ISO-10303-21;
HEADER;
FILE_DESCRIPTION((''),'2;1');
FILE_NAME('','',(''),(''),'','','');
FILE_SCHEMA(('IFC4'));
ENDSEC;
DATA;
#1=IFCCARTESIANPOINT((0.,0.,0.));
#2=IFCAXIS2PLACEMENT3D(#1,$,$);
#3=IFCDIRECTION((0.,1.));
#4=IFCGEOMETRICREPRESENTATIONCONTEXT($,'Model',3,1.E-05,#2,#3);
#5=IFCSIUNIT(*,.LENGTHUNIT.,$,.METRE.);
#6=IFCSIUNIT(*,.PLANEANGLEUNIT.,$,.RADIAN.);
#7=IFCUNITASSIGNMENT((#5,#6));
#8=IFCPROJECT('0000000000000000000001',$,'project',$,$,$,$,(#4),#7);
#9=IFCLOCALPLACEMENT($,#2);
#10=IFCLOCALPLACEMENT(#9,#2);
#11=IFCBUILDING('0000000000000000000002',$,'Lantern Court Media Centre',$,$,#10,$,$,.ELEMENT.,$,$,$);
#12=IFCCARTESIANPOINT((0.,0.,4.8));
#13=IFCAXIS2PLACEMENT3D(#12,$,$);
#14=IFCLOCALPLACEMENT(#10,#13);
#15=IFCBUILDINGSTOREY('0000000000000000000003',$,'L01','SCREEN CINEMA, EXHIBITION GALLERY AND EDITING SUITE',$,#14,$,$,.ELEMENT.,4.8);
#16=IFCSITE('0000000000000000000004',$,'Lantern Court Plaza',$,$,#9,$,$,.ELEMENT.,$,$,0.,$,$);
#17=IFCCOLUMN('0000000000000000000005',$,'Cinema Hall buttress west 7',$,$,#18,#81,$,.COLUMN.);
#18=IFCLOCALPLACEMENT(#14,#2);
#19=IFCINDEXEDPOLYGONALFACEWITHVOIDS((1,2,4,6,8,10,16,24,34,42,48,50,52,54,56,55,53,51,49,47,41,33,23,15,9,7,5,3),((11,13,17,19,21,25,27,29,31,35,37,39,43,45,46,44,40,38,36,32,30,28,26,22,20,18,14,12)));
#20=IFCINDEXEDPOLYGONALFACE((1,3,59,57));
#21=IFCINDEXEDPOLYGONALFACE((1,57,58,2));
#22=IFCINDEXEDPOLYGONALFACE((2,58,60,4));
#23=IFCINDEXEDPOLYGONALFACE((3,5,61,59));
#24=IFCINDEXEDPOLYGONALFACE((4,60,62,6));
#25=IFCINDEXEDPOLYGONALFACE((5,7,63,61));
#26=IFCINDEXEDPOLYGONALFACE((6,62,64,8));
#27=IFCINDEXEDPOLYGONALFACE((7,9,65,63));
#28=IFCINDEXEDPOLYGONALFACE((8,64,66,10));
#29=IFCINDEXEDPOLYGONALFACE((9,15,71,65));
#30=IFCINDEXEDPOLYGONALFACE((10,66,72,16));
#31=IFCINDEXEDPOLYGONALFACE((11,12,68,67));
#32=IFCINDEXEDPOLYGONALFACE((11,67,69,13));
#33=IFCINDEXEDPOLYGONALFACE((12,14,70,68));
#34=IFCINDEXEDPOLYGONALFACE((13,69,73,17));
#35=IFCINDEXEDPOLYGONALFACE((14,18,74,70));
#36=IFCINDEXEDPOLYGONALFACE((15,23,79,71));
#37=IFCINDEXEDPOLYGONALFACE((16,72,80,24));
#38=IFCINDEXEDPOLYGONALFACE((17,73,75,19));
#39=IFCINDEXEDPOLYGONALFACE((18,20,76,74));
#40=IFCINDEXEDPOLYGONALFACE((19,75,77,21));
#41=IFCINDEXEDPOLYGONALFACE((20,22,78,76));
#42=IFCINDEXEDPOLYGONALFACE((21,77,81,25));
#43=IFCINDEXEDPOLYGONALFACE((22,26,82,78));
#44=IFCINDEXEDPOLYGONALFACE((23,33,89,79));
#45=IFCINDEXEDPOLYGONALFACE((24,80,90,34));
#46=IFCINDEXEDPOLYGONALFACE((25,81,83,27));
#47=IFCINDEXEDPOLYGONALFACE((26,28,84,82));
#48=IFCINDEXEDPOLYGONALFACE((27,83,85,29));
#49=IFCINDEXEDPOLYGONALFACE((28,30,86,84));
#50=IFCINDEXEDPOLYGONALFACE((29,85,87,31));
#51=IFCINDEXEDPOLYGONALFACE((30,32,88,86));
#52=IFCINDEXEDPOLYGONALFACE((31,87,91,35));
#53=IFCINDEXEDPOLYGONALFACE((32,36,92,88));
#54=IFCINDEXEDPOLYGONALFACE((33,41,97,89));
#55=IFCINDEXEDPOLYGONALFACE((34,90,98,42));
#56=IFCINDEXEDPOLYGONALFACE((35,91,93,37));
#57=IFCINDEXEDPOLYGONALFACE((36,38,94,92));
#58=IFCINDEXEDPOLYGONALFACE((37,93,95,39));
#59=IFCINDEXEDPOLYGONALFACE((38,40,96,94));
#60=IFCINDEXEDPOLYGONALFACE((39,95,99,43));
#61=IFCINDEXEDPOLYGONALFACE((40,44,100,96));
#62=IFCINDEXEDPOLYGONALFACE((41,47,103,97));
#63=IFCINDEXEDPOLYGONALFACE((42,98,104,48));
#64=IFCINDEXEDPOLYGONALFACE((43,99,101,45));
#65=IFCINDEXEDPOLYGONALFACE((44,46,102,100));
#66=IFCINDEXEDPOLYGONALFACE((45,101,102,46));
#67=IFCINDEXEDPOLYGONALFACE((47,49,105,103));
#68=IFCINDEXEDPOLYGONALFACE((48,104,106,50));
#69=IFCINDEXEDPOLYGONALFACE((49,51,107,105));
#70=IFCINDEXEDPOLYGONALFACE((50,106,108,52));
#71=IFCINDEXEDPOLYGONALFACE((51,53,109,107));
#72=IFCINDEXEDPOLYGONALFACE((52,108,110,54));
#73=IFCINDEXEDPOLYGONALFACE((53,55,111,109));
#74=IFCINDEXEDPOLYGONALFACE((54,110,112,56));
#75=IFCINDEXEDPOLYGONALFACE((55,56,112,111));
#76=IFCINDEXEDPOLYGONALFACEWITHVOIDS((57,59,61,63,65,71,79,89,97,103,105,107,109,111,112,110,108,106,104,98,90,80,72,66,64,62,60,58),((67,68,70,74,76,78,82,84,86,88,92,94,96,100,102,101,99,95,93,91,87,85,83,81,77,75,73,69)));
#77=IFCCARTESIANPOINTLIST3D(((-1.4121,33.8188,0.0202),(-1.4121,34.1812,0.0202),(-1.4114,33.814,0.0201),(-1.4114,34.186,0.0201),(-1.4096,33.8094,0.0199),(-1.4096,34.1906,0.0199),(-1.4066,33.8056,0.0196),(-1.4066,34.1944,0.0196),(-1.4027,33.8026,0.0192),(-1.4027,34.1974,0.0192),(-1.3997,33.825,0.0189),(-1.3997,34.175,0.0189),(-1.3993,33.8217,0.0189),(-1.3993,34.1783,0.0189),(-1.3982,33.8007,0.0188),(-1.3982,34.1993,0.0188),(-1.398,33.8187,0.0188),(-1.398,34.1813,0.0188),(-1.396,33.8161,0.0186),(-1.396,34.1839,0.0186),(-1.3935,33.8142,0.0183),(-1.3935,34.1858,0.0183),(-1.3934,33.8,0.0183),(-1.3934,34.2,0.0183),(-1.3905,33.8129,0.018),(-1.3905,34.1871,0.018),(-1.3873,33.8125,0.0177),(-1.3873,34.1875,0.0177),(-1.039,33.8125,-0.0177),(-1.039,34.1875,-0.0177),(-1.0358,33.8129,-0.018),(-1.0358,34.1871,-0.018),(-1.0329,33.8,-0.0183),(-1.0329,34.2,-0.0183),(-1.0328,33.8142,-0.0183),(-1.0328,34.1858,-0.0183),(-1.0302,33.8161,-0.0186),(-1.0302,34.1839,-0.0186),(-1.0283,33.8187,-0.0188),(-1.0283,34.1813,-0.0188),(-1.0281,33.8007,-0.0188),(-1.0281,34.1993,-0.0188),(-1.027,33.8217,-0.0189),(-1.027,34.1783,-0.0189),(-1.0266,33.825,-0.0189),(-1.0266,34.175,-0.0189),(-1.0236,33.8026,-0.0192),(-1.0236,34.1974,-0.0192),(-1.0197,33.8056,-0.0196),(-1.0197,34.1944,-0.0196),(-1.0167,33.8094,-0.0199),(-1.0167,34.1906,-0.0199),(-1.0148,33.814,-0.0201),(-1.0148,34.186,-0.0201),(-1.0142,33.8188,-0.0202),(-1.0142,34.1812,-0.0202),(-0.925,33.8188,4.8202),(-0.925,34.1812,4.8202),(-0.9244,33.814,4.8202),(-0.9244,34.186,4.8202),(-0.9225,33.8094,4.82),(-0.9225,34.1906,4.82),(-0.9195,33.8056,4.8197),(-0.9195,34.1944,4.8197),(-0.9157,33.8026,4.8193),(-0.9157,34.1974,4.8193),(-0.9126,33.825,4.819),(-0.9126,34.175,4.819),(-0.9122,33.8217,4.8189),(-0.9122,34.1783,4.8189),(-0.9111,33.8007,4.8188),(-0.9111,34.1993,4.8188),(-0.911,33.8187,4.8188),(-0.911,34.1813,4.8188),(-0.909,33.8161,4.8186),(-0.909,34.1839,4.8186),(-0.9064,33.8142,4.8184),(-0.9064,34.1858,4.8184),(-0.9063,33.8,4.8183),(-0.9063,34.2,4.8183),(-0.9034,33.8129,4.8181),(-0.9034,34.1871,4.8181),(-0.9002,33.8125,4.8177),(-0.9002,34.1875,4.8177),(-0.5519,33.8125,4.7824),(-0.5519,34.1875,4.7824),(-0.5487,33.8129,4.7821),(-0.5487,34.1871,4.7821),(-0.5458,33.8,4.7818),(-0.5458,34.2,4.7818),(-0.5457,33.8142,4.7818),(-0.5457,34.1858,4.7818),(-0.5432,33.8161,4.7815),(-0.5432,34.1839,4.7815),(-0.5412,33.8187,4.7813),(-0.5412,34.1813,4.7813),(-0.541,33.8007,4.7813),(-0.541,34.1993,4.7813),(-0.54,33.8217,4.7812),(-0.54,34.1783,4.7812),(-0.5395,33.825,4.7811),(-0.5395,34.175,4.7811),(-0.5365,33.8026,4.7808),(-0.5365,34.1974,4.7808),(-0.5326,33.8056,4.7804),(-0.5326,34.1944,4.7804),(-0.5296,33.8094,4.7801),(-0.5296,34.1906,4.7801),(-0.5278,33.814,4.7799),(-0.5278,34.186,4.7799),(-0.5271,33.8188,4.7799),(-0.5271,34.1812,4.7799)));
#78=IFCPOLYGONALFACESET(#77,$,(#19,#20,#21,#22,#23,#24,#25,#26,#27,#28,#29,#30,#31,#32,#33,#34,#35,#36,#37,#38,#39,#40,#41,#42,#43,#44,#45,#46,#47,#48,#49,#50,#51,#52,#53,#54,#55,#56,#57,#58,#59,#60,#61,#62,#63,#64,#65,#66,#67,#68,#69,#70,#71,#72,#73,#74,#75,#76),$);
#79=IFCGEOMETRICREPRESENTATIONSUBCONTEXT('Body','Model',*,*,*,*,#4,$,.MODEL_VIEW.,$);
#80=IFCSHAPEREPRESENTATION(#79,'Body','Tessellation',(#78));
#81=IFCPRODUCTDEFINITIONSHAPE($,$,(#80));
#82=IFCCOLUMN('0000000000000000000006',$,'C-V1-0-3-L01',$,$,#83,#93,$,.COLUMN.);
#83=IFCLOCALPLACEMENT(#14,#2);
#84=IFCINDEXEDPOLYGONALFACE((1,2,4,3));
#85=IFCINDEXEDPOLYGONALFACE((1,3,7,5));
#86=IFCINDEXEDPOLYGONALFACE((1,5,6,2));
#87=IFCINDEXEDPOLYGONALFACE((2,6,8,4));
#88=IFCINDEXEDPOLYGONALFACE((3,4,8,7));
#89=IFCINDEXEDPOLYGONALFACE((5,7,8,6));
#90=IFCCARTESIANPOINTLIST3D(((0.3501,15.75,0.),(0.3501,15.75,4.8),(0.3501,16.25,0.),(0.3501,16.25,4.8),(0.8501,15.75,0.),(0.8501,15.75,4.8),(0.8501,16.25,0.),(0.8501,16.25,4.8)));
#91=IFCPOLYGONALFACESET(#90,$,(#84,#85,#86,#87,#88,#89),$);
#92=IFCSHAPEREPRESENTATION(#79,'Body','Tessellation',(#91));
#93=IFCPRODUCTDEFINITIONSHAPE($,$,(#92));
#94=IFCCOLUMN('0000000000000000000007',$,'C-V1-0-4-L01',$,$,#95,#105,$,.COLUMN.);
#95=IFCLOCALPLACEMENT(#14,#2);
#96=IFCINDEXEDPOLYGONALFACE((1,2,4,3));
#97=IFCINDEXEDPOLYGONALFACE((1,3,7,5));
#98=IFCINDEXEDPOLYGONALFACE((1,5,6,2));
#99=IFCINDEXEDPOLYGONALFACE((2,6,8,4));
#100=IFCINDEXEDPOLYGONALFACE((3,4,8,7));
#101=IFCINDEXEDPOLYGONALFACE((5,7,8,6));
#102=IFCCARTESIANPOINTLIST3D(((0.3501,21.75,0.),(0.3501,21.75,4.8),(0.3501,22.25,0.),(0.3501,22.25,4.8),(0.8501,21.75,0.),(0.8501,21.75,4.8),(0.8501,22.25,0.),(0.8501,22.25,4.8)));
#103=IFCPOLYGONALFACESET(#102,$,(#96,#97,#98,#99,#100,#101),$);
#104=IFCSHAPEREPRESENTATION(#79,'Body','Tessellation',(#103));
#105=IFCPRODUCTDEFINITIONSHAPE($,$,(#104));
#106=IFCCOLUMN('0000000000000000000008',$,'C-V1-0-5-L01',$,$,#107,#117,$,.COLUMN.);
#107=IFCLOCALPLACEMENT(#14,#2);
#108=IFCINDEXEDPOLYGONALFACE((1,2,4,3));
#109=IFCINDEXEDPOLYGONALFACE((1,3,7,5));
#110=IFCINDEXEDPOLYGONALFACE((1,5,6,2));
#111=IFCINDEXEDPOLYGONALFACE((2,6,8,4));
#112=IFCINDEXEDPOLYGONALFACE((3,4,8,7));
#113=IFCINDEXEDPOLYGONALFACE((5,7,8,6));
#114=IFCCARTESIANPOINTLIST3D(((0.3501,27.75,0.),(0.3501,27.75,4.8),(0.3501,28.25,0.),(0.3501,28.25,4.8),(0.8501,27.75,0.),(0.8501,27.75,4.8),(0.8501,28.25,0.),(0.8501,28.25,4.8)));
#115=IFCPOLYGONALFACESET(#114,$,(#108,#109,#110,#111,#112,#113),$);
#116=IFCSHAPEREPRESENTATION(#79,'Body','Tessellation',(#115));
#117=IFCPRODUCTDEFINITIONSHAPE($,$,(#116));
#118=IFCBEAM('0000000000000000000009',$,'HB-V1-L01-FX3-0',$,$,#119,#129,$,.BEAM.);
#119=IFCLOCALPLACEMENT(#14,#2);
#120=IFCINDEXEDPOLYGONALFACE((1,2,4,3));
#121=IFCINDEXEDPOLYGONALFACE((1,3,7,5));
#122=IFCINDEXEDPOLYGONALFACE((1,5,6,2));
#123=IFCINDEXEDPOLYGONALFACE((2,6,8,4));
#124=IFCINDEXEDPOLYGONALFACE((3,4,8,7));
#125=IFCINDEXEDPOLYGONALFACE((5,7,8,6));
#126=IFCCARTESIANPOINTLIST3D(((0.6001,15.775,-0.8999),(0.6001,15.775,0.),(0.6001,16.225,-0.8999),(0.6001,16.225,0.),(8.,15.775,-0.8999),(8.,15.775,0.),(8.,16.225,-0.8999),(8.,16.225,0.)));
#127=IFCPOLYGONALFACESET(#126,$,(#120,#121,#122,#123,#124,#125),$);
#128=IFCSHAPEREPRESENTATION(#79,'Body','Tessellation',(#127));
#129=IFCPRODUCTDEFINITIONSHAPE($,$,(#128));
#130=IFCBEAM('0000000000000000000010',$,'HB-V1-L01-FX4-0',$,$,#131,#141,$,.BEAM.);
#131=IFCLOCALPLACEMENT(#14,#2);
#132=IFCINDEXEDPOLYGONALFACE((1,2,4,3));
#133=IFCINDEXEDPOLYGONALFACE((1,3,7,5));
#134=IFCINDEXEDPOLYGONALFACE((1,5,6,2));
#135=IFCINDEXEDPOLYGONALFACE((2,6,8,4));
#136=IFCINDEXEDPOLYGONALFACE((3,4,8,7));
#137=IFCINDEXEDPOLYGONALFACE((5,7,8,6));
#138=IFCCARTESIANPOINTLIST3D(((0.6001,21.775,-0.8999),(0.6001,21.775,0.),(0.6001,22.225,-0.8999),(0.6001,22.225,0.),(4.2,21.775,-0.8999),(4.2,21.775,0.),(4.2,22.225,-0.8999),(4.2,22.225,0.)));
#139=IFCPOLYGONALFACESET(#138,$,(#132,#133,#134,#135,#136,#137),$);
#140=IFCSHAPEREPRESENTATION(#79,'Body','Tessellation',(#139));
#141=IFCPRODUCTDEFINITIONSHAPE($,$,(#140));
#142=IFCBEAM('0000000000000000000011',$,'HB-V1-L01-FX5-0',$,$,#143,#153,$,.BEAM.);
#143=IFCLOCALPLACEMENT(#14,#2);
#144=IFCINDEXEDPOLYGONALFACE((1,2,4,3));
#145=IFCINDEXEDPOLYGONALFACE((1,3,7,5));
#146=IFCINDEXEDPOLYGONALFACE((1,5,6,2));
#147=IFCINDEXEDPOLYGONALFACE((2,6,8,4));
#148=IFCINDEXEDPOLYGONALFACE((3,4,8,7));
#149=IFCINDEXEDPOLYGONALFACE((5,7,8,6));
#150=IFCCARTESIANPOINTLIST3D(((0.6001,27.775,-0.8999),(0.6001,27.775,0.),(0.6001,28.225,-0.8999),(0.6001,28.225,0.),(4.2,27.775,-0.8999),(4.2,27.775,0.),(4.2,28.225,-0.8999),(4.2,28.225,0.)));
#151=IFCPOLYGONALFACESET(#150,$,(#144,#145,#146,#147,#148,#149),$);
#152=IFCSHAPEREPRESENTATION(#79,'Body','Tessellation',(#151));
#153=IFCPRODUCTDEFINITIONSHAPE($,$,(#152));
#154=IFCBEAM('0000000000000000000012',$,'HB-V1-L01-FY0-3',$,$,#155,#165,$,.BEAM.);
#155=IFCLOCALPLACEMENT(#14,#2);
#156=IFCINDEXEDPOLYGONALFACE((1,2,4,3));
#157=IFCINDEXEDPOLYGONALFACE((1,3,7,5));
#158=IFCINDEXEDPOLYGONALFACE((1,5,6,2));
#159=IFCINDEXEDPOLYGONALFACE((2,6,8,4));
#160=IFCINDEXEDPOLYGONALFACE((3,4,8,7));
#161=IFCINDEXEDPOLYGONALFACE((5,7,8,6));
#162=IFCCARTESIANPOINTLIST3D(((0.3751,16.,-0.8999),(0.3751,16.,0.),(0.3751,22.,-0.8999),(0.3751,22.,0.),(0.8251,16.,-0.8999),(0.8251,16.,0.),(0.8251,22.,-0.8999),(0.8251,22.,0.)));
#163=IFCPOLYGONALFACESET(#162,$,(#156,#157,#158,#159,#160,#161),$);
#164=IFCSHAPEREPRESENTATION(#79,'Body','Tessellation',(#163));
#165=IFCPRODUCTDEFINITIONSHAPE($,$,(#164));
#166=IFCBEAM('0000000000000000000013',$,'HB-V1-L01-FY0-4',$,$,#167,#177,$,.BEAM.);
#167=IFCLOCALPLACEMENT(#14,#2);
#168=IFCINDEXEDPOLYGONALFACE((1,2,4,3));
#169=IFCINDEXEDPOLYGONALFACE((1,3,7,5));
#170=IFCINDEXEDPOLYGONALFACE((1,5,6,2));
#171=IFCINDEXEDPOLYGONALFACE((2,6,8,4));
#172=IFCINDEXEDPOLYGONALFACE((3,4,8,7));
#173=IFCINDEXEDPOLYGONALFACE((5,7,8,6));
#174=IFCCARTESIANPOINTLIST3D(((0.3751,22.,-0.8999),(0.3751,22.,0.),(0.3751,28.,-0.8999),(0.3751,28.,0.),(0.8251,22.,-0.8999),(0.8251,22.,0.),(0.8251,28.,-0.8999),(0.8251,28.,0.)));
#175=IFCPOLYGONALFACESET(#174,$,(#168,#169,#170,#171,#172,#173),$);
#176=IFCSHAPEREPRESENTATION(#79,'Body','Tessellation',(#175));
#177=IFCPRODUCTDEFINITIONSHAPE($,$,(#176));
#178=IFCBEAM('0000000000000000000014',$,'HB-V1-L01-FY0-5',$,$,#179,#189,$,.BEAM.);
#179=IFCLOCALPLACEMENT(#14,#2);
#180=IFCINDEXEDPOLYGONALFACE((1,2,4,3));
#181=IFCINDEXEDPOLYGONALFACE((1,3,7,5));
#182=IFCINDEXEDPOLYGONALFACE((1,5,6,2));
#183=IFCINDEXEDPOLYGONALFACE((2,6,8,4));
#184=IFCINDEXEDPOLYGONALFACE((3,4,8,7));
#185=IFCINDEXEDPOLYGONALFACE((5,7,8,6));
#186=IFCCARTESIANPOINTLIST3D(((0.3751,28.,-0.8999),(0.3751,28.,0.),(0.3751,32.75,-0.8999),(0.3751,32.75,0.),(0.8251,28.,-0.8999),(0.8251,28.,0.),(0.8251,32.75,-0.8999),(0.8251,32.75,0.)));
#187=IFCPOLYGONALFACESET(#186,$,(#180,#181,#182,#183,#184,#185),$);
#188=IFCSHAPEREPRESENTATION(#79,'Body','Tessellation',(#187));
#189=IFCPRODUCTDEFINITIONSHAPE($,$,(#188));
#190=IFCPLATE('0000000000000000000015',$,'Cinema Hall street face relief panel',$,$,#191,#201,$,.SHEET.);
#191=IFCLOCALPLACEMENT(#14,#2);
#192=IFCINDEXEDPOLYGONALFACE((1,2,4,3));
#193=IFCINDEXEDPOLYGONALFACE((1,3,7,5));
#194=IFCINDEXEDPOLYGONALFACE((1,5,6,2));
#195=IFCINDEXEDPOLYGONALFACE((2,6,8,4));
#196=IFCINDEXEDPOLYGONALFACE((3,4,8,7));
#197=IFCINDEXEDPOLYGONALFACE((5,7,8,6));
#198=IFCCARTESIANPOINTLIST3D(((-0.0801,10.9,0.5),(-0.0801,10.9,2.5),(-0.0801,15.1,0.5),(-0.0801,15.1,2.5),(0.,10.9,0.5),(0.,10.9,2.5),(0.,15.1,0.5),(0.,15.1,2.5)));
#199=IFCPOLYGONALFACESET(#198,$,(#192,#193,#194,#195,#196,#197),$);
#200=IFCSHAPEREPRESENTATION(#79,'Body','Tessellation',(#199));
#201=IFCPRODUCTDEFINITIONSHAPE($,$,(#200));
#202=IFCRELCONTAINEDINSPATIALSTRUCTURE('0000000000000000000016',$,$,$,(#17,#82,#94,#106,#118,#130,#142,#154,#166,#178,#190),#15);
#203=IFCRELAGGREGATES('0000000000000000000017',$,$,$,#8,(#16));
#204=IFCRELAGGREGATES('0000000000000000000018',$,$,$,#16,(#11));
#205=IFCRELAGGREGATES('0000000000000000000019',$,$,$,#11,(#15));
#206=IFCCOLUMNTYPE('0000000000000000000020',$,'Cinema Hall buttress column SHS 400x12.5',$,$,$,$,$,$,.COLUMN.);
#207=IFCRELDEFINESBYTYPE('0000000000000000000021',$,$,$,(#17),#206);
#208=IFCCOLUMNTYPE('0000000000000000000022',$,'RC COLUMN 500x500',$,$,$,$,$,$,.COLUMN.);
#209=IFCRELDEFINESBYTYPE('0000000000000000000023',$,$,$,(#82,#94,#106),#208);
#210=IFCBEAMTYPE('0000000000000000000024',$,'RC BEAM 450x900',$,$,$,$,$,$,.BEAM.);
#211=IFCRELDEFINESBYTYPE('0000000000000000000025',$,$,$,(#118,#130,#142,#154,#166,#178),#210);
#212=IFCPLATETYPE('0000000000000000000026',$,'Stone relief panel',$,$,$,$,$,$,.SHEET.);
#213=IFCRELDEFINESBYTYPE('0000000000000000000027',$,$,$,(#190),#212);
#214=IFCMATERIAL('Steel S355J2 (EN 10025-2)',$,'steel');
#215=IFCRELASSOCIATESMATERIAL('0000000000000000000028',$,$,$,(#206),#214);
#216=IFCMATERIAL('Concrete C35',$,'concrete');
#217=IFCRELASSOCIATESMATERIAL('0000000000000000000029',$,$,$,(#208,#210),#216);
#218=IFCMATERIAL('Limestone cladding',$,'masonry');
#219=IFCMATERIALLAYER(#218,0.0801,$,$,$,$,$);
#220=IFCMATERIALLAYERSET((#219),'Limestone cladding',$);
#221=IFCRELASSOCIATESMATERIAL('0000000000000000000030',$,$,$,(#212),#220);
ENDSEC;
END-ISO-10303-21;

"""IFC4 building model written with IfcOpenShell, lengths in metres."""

from ifc_helpers import new_model, si_unit, direction, frame, origin, origin_2d, place, context, subcontext, project, spatial, rectangle, hollow_rectangle, extrude, material, layer, layer_set, material_profile, profile_set, type_object, element, save


model = new_model("IFC4")

# Units and contexts
model_context = context("Model", 3, precision=1e-05, world=origin(), true_north=direction((0.0, 1.0)))
body_context = subcontext(model_context, "Body", "Model", "MODEL_VIEW")
ifc_project = project(units=[si_unit("LENGTHUNIT", "METRE"), si_unit("PLANEANGLEUNIT", "RADIAN")], contexts=[model_context])

# Site, building, storey
site_placement = place(None, origin())
site = spatial("IfcSite", under=ifc_project, at=site_placement, Name="Lantern Court Plaza", CompositionType="ELEMENT", RefElevation=0.0)
building_placement = place(site_placement, origin())
building = spatial("IfcBuilding", under=site, at=building_placement, Name="Lantern Court Media Centre", CompositionType="ELEMENT")
storey_placement = place(building_placement, frame((0.0, 0.0, 4.8)))
storey = spatial("IfcBuildingStorey", under=building, at=storey_placement, Name="L01", Description="SCREEN CINEMA, EXHIBITION GALLERY AND EDITING SUITE", CompositionType="ELEMENT", Elevation=4.8)

# Columns
ifc_material_1 = material(Name="Steel S355J2 (EN 10025-2)", Category="steel")
ifc_material_profile_1 = material_profile(ifc_material_1, hollow_rectangle(XDim=0.3999, YDim=0.3999, WallThickness=0.0125, InnerFilletRadius=0.0125, OuterFilletRadius=0.0188, at=origin_2d()), Name="Cinema Hall buttress column SHS 400x12.5")
ifc_profile_set_1 = profile_set([ifc_material_profile_1], Name="Steel S355J2 (EN 10025-2)")
column_type_1 = type_object("IfcColumnType", Name="Cinema Hall buttress column SHS 400x12.5", PredefinedType="COLUMN", material=ifc_profile_set_1)
for number, where, z_axis, x_axis, name in (
    (1, (-1.2131, 34.0, 0.0), (0.100952, 0.0, 0.994891), (0.0, 1.0, 0.0), "Cinema Hall buttress west 7"),
):
    element("IfcColumn", number, at=place(storey_placement, frame(where, z_axis=z_axis, x_axis=x_axis)), inside=storey, type_object=column_type_1, Name=name, PredefinedType="COLUMN", context=body_context, shape_type="SweptSolid", body=[
        extrude(hollow_rectangle(XDim=0.3999, YDim=0.3999, WallThickness=0.0125, InnerFilletRadius=0.0125, OuterFilletRadius=0.0188, at=origin_2d()), origin(), (0.0, 0.0, 1.0), 4.8247),
    ])
ifc_material_2 = material(Name="Concrete C35", Category="concrete")
ifc_material_profile_2 = material_profile(ifc_material_2, rectangle(XDim=0.5, YDim=0.5, at=origin_2d()), Name="RC 500x500")
ifc_profile_set_2 = profile_set([ifc_material_profile_2], Name="Concrete C35")
column_type_2 = type_object("IfcColumnType", Name="RC COLUMN 500x500", PredefinedType="COLUMN", material=ifc_profile_set_2)
for number, where, z_axis, x_axis, name in (
    (2, (0.6001, 16.0, 0.0), (0.0, 0.0, 1.0), (1.0, 0.0, 0.0), "C-V1-0-3-L01"),
    (3, (0.6001, 22.0, 0.0), (0.0, 0.0, 1.0), (1.0, 0.0, 0.0), "C-V1-0-4-L01"),
    (4, (0.6001, 28.0, 0.0), (0.0, 0.0, 1.0), (1.0, 0.0, 0.0), "C-V1-0-5-L01"),
):
    element("IfcColumn", number, at=place(storey_placement, frame(where, z_axis=z_axis, x_axis=x_axis)), inside=storey, type_object=column_type_2, Name=name, PredefinedType="COLUMN", context=body_context, shape_type="SweptSolid", body=[
        extrude(rectangle(XDim=0.5, YDim=0.5, at=origin_2d()), origin(), (0.0, 0.0, 1.0), 4.8),
    ])

# Beams
ifc_material_profile_3 = material_profile(ifc_material_2, rectangle(XDim=0.45, YDim=0.8999, at=origin_2d()), Name="RC 450x900")
ifc_profile_set_3 = profile_set([ifc_material_profile_3], Name="Concrete C35")
beam_type = type_object("IfcBeamType", Name="RC BEAM 450x900", PredefinedType="BEAM", material=ifc_profile_set_3)
beam_1_placement = place(storey_placement, frame((0.6001, 16.0, -0.45), z_axis=(1.0, 0.0, 0.0), x_axis=(0.0, 1.0, 0.0)))
element("IfcBeam", 5, at=beam_1_placement, inside=storey, type_object=beam_type, Name="HB-V1-L01-FX3-0", PredefinedType="BEAM", context=body_context, shape_type="SweptSolid", body=[
    extrude(rectangle(XDim=0.45, YDim=0.8999, at=origin_2d()), origin(), (0.0, 0.0, 1.0), 7.3999),
])
for number, where, z_axis, x_axis, name in (
    (6, (0.6001, 22.0, -0.45), (1.0, 0.0, 0.0), (0.0, 1.0, 0.0), "HB-V1-L01-FX4-0"),
    (7, (0.6001, 28.0, -0.45), (1.0, 0.0, 0.0), (0.0, 1.0, 0.0), "HB-V1-L01-FX5-0"),
):
    element("IfcBeam", number, at=place(storey_placement, frame(where, z_axis=z_axis, x_axis=x_axis)), inside=storey, type_object=beam_type, Name=name, PredefinedType="BEAM", context=body_context, shape_type="SweptSolid", body=[
        extrude(rectangle(XDim=0.45, YDim=0.8999, at=origin_2d()), origin(), (0.0, 0.0, 1.0), 3.5999),
    ])
for number, where, z_axis, x_axis, name in (
    (8, (0.6001, 16.0, -0.45), (0.0, 1.0, 0.0), (-1.0, 0.0, 0.0), "HB-V1-L01-FY0-3"),
    (9, (0.6001, 22.0, -0.45), (0.0, 1.0, 0.0), (-1.0, 0.0, 0.0), "HB-V1-L01-FY0-4"),
):
    element("IfcBeam", number, at=place(storey_placement, frame(where, z_axis=z_axis, x_axis=x_axis)), inside=storey, type_object=beam_type, Name=name, PredefinedType="BEAM", context=body_context, shape_type="SweptSolid", body=[
        extrude(rectangle(XDim=0.45, YDim=0.8999, at=origin_2d()), origin(), (0.0, 0.0, 1.0), 6.0),
    ])
beam_2_placement = place(storey_placement, frame((0.6001, 28.0, -0.45), z_axis=(0.0, 1.0, 0.0), x_axis=(-1.0, 0.0, 0.0)))
element("IfcBeam", 10, at=beam_2_placement, inside=storey, type_object=beam_type, Name="HB-V1-L01-FY0-5", PredefinedType="BEAM", context=body_context, shape_type="SweptSolid", body=[
    extrude(rectangle(XDim=0.45, YDim=0.8999, at=origin_2d()), origin(), (0.0, 0.0, 1.0), 4.75),
])

# Plate
ifc_material_3 = material(Name="Limestone cladding", Category="masonry")
ifc_layer_1 = layer(ifc_material_3, 0.0801)
ifc_layer_set_1 = layer_set([ifc_layer_1], Name="Limestone cladding")
plate_type = type_object("IfcPlateType", Name="Stone relief panel", PredefinedType="SHEET", material=ifc_layer_set_1)
plate_1_placement = place(storey_placement, frame((-0.04, 13.0, 0.5), z_axis=(0.0, 0.0, 1.0), x_axis=(1.0, 0.0, 0.0)))
element("IfcPlate", 11, at=plate_1_placement, inside=storey, type_object=plate_type, Name="Cinema Hall street face relief panel", PredefinedType="SHEET", context=body_context, shape_type="SweptSolid", body=[
    extrude(rectangle(XDim=0.0801, YDim=4.2, at=origin_2d()), origin(), (0.0, 0.0, 1.0), 2.0),
])

save(model, "model.ifc")
